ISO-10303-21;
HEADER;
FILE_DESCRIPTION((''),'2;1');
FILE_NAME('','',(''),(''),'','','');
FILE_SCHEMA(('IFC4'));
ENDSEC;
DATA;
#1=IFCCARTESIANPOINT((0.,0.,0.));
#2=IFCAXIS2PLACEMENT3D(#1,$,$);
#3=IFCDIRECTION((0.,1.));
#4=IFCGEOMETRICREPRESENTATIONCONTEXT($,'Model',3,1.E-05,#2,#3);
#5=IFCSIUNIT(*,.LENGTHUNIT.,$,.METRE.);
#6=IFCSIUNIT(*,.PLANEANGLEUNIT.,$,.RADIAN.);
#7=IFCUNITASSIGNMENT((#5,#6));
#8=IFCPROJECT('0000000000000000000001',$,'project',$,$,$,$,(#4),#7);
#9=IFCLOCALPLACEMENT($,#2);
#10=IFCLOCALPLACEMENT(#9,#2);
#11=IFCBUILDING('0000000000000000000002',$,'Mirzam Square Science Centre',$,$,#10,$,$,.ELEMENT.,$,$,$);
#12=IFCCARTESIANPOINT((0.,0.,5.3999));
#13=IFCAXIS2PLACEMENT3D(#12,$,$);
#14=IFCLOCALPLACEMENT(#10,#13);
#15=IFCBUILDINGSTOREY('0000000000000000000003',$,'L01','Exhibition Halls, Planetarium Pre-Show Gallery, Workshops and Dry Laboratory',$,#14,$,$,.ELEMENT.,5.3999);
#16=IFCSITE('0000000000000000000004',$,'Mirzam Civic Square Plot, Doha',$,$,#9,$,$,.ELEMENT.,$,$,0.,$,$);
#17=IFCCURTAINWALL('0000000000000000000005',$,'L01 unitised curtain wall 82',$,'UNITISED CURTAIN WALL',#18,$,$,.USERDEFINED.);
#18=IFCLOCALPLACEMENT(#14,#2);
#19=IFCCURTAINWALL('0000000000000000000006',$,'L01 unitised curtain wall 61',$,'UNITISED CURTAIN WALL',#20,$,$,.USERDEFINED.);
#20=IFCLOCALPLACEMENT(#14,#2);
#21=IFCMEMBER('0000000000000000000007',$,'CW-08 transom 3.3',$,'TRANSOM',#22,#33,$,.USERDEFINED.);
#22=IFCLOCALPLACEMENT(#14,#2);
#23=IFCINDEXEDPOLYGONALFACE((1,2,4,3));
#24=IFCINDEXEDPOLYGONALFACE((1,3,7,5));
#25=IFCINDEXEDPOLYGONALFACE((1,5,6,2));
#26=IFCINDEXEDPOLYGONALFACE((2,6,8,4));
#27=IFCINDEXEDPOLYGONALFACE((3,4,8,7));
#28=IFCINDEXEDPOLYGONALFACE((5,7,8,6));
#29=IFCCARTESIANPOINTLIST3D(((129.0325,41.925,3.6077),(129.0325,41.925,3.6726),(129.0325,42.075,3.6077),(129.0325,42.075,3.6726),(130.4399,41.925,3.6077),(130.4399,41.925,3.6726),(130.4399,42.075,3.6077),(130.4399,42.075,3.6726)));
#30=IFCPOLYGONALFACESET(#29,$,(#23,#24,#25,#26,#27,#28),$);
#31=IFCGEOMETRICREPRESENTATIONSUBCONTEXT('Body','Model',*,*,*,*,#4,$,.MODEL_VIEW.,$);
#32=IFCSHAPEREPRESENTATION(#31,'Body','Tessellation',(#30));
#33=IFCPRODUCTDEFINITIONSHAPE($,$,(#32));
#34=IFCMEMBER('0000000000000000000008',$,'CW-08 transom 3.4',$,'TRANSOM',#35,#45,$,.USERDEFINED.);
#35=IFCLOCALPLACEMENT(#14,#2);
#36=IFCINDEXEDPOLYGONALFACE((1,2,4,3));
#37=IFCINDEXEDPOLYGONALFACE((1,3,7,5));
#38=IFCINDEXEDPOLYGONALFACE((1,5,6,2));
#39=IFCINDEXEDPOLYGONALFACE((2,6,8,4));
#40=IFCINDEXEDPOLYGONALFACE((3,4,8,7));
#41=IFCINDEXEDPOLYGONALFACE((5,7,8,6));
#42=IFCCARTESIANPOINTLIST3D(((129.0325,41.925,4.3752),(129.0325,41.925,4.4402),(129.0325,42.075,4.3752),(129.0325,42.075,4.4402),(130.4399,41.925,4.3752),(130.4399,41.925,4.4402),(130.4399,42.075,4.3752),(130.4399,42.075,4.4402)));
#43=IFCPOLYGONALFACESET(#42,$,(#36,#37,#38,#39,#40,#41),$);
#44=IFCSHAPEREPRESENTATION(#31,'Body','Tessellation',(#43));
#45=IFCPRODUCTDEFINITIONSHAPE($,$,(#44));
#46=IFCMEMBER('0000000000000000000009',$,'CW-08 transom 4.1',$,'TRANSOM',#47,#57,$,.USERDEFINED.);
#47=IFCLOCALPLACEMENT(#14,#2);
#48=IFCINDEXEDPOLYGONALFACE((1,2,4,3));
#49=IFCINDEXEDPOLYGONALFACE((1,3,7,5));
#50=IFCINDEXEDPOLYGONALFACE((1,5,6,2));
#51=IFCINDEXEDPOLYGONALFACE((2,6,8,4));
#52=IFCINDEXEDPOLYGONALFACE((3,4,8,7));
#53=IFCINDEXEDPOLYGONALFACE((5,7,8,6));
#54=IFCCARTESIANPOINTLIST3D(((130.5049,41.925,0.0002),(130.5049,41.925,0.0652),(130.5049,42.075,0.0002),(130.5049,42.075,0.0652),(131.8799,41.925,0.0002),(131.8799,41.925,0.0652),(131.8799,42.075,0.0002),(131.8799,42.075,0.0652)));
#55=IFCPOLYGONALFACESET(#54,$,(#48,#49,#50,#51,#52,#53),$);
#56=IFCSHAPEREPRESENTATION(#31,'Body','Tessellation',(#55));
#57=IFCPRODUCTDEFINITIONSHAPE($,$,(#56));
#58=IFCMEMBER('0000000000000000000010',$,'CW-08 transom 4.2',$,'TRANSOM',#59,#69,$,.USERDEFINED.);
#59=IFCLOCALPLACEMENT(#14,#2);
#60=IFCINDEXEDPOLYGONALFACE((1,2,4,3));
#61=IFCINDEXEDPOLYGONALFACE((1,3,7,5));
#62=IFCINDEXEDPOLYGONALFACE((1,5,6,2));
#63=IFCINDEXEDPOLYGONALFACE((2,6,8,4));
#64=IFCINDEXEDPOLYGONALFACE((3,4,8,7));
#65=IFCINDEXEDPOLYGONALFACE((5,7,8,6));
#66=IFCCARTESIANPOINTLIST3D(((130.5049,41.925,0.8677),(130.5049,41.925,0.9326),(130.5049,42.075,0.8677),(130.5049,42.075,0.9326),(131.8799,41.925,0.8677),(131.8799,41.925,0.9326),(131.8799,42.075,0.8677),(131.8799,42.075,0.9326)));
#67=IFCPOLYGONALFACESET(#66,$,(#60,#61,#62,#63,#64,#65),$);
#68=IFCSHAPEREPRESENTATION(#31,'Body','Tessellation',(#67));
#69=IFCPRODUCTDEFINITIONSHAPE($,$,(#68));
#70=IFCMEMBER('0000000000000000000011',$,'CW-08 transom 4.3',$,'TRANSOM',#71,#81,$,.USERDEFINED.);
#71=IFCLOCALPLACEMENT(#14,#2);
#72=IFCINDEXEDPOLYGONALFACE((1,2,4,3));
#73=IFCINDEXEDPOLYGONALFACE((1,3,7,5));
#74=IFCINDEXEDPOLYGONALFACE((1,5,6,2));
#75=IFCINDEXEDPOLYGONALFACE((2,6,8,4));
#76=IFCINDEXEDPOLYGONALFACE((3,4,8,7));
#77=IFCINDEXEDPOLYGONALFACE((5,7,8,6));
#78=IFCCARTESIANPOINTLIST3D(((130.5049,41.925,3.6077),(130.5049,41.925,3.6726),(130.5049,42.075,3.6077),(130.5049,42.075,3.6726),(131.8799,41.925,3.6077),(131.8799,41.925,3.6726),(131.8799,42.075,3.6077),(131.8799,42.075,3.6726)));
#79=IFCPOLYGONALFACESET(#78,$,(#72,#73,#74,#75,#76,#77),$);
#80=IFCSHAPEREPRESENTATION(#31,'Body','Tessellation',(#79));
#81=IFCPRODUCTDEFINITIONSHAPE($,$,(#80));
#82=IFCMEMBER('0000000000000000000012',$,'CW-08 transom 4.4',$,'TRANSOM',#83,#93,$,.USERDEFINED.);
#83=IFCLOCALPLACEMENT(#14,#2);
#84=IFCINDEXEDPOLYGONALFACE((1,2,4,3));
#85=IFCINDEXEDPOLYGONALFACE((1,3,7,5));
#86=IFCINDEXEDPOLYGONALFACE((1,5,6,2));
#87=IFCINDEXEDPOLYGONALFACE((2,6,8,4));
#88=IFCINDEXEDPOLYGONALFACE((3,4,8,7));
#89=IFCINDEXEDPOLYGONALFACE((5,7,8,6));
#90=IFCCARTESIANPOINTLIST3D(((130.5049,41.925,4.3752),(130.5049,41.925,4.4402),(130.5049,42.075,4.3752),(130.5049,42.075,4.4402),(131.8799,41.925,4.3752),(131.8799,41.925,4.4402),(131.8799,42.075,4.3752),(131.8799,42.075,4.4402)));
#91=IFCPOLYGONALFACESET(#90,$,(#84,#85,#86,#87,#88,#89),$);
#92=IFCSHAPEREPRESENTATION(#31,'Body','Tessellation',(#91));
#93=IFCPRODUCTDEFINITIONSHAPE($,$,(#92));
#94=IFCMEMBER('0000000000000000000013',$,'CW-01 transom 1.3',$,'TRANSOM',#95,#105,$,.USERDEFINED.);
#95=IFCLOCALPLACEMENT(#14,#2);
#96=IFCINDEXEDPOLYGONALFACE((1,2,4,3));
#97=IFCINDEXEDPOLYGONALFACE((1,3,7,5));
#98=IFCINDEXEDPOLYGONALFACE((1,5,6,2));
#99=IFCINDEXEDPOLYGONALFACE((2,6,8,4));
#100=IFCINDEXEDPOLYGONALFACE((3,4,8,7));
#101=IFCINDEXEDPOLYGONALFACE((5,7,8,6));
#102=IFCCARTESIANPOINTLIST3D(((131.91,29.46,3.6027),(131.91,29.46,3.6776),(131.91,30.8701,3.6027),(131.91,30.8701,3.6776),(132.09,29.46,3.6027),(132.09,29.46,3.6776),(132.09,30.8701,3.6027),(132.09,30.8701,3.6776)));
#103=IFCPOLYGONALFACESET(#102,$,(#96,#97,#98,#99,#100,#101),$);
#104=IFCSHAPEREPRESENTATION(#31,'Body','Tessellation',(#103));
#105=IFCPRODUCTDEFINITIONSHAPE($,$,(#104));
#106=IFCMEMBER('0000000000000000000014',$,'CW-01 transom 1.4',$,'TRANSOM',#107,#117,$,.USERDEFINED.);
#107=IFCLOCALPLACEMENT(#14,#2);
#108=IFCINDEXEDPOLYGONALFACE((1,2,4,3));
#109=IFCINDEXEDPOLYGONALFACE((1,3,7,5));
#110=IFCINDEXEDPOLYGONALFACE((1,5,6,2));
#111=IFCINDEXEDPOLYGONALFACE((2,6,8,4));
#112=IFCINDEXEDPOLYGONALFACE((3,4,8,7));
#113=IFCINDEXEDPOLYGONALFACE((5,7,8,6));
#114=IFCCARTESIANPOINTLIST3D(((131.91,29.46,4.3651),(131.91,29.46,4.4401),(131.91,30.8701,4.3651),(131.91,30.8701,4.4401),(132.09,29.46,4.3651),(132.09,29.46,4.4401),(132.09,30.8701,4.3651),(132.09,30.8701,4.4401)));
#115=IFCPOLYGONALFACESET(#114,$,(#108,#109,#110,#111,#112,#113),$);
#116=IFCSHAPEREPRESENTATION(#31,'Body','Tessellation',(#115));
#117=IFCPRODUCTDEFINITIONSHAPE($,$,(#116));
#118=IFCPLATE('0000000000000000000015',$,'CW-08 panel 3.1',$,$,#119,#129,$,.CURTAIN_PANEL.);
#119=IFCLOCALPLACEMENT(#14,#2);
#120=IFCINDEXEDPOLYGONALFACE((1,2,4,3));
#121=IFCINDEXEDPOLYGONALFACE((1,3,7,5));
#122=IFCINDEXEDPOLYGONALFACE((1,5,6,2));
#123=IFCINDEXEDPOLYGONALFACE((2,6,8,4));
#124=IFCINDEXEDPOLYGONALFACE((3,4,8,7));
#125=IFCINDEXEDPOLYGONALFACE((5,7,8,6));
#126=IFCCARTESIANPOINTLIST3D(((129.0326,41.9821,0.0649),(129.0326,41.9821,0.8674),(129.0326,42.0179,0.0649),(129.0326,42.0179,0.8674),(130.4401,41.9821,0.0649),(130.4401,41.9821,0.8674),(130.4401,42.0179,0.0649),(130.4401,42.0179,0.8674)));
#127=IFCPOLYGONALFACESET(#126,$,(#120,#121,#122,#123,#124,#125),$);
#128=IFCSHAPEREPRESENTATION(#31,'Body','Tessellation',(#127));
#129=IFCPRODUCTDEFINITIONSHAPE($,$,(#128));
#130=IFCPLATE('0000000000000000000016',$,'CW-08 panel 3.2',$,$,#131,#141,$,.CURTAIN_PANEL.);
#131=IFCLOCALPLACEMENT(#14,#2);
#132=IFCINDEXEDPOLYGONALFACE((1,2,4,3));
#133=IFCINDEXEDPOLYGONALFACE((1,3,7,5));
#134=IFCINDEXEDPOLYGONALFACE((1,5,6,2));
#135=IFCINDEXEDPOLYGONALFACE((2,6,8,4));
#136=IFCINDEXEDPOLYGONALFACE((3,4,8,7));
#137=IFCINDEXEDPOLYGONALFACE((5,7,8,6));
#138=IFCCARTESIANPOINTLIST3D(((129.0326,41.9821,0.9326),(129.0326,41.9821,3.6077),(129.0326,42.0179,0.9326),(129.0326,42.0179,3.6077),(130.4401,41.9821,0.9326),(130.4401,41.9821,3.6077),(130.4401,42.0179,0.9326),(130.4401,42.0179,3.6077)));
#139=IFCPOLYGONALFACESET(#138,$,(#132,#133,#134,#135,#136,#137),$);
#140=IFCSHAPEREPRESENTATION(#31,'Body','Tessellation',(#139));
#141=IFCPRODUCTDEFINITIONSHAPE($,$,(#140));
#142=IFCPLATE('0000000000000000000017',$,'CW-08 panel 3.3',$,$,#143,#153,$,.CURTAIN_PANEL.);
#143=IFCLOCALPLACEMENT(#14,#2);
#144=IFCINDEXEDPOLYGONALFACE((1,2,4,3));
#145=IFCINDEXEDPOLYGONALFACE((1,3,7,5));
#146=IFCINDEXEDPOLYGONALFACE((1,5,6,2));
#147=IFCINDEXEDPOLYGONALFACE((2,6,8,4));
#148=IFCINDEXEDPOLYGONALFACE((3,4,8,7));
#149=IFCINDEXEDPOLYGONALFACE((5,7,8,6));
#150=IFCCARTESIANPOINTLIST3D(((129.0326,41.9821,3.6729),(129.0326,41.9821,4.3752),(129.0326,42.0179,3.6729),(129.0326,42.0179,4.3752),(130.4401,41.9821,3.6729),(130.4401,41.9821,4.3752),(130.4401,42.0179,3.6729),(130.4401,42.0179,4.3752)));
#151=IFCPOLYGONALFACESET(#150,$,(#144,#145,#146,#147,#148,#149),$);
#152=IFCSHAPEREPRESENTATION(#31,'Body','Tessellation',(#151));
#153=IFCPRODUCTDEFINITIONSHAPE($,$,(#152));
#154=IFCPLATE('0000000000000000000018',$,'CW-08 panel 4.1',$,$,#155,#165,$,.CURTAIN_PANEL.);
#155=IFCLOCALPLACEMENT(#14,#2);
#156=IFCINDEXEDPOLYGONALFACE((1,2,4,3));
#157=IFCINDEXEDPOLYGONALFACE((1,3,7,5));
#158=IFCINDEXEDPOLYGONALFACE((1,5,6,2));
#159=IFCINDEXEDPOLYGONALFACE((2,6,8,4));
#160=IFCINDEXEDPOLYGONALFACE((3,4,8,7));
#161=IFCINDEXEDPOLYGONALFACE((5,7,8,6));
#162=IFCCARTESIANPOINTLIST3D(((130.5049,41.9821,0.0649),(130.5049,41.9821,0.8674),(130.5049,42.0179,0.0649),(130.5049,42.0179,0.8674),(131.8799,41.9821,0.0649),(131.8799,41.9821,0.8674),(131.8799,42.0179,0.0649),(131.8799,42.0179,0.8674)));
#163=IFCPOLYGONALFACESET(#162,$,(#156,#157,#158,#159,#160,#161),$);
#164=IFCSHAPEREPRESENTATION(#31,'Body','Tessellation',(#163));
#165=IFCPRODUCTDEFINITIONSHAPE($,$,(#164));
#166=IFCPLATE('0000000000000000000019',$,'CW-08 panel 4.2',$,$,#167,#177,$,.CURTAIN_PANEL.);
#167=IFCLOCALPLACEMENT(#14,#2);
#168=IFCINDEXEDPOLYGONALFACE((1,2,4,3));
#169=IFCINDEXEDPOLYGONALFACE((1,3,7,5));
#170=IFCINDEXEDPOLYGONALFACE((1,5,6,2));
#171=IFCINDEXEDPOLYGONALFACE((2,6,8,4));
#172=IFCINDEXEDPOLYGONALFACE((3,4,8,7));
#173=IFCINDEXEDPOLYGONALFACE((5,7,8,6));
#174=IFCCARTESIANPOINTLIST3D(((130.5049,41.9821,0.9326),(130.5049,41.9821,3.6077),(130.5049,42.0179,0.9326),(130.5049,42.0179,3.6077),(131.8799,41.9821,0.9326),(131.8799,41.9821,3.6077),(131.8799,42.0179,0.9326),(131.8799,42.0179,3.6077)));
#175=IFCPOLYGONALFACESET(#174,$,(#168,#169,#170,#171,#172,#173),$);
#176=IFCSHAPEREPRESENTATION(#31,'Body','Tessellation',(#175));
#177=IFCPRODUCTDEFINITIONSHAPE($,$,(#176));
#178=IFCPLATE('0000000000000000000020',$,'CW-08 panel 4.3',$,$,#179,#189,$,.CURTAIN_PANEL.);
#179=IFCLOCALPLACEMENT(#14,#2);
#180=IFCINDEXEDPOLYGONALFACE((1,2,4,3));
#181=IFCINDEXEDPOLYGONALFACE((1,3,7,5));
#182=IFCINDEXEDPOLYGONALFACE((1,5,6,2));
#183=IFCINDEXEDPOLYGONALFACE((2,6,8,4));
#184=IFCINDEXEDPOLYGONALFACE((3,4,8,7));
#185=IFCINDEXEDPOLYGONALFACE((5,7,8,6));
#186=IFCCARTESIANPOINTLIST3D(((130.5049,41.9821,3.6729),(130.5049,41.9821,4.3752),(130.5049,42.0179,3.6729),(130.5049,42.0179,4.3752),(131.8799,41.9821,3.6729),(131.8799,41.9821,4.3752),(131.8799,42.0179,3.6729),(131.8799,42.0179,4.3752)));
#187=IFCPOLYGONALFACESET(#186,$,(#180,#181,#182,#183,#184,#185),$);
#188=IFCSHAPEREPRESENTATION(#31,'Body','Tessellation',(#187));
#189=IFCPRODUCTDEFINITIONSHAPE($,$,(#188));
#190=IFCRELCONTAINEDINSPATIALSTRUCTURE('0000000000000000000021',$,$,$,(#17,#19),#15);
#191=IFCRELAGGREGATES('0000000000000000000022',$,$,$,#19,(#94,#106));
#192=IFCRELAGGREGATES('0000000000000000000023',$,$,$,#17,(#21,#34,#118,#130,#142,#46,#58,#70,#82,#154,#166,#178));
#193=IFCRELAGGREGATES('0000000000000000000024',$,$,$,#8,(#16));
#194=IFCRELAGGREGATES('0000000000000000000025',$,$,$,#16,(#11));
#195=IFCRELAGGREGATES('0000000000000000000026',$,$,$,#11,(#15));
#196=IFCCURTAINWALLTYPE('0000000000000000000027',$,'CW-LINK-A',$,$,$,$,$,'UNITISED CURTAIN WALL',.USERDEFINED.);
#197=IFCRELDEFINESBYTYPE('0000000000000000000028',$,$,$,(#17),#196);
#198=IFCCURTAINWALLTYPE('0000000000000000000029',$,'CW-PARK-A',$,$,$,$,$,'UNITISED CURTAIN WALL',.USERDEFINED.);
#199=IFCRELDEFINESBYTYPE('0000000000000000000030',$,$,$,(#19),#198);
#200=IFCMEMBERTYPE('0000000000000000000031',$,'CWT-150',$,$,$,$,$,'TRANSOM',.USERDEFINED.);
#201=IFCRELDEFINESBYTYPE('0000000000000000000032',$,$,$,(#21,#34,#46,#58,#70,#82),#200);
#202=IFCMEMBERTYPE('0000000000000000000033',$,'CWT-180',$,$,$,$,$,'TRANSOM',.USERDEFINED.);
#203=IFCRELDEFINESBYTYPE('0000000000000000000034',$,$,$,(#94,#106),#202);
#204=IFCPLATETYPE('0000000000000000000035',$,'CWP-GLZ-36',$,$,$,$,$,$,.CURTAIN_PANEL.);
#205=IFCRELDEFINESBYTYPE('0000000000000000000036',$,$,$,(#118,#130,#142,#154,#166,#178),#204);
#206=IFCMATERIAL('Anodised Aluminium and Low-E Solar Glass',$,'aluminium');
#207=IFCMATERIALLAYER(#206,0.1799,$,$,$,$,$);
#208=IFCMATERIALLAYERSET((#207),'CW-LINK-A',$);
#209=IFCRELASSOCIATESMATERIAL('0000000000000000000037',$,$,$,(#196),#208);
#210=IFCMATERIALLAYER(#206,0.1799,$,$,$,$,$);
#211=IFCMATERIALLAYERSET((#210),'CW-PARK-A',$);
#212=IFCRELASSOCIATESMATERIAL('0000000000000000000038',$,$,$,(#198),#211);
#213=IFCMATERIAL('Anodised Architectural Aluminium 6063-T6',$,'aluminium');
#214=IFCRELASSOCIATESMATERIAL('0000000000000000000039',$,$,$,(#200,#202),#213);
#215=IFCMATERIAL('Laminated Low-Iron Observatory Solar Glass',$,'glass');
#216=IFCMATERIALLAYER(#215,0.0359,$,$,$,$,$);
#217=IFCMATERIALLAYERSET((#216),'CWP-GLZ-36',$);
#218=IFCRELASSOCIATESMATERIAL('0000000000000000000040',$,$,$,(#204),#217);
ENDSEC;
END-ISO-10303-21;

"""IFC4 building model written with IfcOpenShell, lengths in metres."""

from ifc_helpers import new_model, si_unit, direction, frame, origin, origin_2d, place, context, subcontext, project, spatial, rectangle, extrude, material, layer, layer_set, material_profile, profile_set, type_object, element, aggregate, save


model = new_model("IFC4")

# Units and contexts
model_context = context("Model", 3, precision=1e-05, world=origin(), true_north=direction((0.0, 1.0)))
body_context = subcontext(model_context, "Body", "Model", "MODEL_VIEW")
ifc_project = project(units=[si_unit("LENGTHUNIT", "METRE"), si_unit("PLANEANGLEUNIT", "RADIAN")], contexts=[model_context])

# Site, building, storey
site_placement = place(None, origin())
site = spatial("IfcSite", under=ifc_project, at=site_placement, Name="Mirzam Civic Square Plot, Doha", CompositionType="ELEMENT", RefElevation=0.0)
building_placement = place(site_placement, origin())
building = spatial("IfcBuilding", under=site, at=building_placement, Name="Mirzam Square Science Centre", CompositionType="ELEMENT")
storey_placement = place(building_placement, frame((0.0, 0.0, 5.3999)))
storey = spatial("IfcBuildingStorey", under=building, at=storey_placement, Name="L01", Description="Exhibition Halls, Planetarium Pre-Show Gallery, Workshops and Dry Laboratory", CompositionType="ELEMENT", Elevation=5.3999)

# Curtain wall
ifc_material_1 = material(Name="Anodised Aluminium and Low-E Solar Glass", Category="aluminium")
ifc_layer_1 = layer(ifc_material_1, 0.1799)
ifc_layer_set_1 = layer_set([ifc_layer_1], Name="CW-LINK-A")
curtain_wall_type_1 = type_object("IfcCurtainWallType", Name="CW-LINK-A", ElementType="UNITISED CURTAIN WALL", PredefinedType="USERDEFINED", material=ifc_layer_set_1)
curtain_wall_1_placement = place(storey_placement, origin())
curtain_wall_1 = element("IfcCurtainWall", 1, at=curtain_wall_1_placement, inside=storey, type_object=curtain_wall_type_1, Name="L01 unitised curtain wall 82", ObjectType="UNITISED CURTAIN WALL", PredefinedType="USERDEFINED")
ifc_material_2 = material(Name="Anodised Architectural Aluminium 6063-T6", Category="aluminium")

# Curtain wall
ifc_layer_2 = layer(ifc_material_1, 0.1799)
ifc_layer_set_2 = layer_set([ifc_layer_2], Name="CW-PARK-A")
curtain_wall_type_2 = type_object("IfcCurtainWallType", Name="CW-PARK-A", ElementType="UNITISED CURTAIN WALL", PredefinedType="USERDEFINED", material=ifc_layer_set_2)
curtain_wall_2_placement = place(storey_placement, origin())
curtain_wall_2 = element("IfcCurtainWall", 2, at=curtain_wall_2_placement, inside=storey, type_object=curtain_wall_type_2, Name="L01 unitised curtain wall 61", ObjectType="UNITISED CURTAIN WALL", PredefinedType="USERDEFINED")

# Members
ifc_material_profile_1 = material_profile(ifc_material_2, rectangle(XDim=0.1499, YDim=0.0649, at=origin_2d()), Name="ALU-TRAN-150x65x4")
ifc_profile_set_1 = profile_set([ifc_material_profile_1], Name="Anodised Architectural Aluminium 6063-T6")
member_type_1 = type_object("IfcMemberType", Name="CWT-150", ElementType="TRANSOM", PredefinedType="USERDEFINED", material=ifc_profile_set_1)
member_1_placement = place(storey_placement, frame((129.0325, 42.0, 3.6401), z_axis=(1.0, 0.0, 0.0), x_axis=(0.0, 1.0, 0.0)))
member_1 = element("IfcMember", 3, at=member_1_placement, type_object=member_type_1, Name="CW-08 transom 3.3", ObjectType="TRANSOM", PredefinedType="USERDEFINED", context=body_context, shape_type="SweptSolid", body=[
    extrude(rectangle(XDim=0.1499, YDim=0.0649, at=origin_2d()), origin(), (0.0, 0.0, 1.0), 1.4075),
])
member_2_placement = place(storey_placement, frame((129.0325, 42.0, 4.4077), z_axis=(1.0, 0.0, 0.0), x_axis=(0.0, 1.0, 0.0)))
member_2 = element("IfcMember", 4, at=member_2_placement, type_object=member_type_1, Name="CW-08 transom 3.4", ObjectType="TRANSOM", PredefinedType="USERDEFINED", context=body_context, shape_type="SweptSolid", body=[
    extrude(rectangle(XDim=0.1499, YDim=0.0649, at=origin_2d()), origin(), (0.0, 0.0, 1.0), 1.4075),
])
member_3_placement = place(storey_placement, frame((130.5049, 42.0, 0.0327), z_axis=(1.0, 0.0, 0.0), x_axis=(0.0, 1.0, 0.0)))
member_3 = element("IfcMember", 5, at=member_3_placement, type_object=member_type_1, Name="CW-08 transom 4.1", ObjectType="TRANSOM", PredefinedType="USERDEFINED", context=body_context, shape_type="SweptSolid", body=[
    extrude(rectangle(XDim=0.1499, YDim=0.0649, at=origin_2d()), origin(), (0.0, 0.0, 1.0), 1.375),
])
member_4_placement = place(storey_placement, frame((130.5049, 42.0, 0.9001), z_axis=(1.0, 0.0, 0.0), x_axis=(0.0, 1.0, 0.0)))
member_4 = element("IfcMember", 6, at=member_4_placement, type_object=member_type_1, Name="CW-08 transom 4.2", ObjectType="TRANSOM", PredefinedType="USERDEFINED", context=body_context, shape_type="SweptSolid", body=[
    extrude(rectangle(XDim=0.1499, YDim=0.0649, at=origin_2d()), origin(), (0.0, 0.0, 1.0), 1.375),
])
member_5_placement = place(storey_placement, frame((130.5049, 42.0, 3.6401), z_axis=(1.0, 0.0, 0.0), x_axis=(0.0, 1.0, 0.0)))
member_5 = element("IfcMember", 7, at=member_5_placement, type_object=member_type_1, Name="CW-08 transom 4.3", ObjectType="TRANSOM", PredefinedType="USERDEFINED", context=body_context, shape_type="SweptSolid", body=[
    extrude(rectangle(XDim=0.1499, YDim=0.0649, at=origin_2d()), origin(), (0.0, 0.0, 1.0), 1.375),
])
member_6_placement = place(storey_placement, frame((130.5049, 42.0, 4.4077), z_axis=(1.0, 0.0, 0.0), x_axis=(0.0, 1.0, 0.0)))
member_6 = element("IfcMember", 8, at=member_6_placement, type_object=member_type_1, Name="CW-08 transom 4.4", ObjectType="TRANSOM", PredefinedType="USERDEFINED", context=body_context, shape_type="SweptSolid", body=[
    extrude(rectangle(XDim=0.1499, YDim=0.0649, at=origin_2d()), origin(), (0.0, 0.0, 1.0), 1.375),
])
ifc_material_profile_2 = material_profile(ifc_material_2, rectangle(XDim=0.1799, YDim=0.075, at=origin_2d()), Name="ALU-TRAN-180x75x5")
ifc_profile_set_2 = profile_set([ifc_material_profile_2], Name="Anodised Architectural Aluminium 6063-T6")
member_type_2 = type_object("IfcMemberType", Name="CWT-180", ElementType="TRANSOM", PredefinedType="USERDEFINED", material=ifc_profile_set_2)
member_7_placement = place(storey_placement, frame((132.0, 30.8701, 3.6401), z_axis=(0.0, -1.0, 0.0), x_axis=(1.0, 0.0, 0.0)))
member_7 = element("IfcMember", 9, at=member_7_placement, type_object=member_type_2, Name="CW-01 transom 1.3", ObjectType="TRANSOM", PredefinedType="USERDEFINED", context=body_context, shape_type="SweptSolid", body=[
    extrude(rectangle(XDim=0.1799, YDim=0.075, at=origin_2d()), origin(), (0.0, 0.0, 1.0), 1.4102),
])
member_8_placement = place(storey_placement, frame((132.0, 30.8701, 4.4026), z_axis=(0.0, -1.0, 0.0), x_axis=(1.0, 0.0, 0.0)))
member_8 = element("IfcMember", 10, at=member_8_placement, type_object=member_type_2, Name="CW-01 transom 1.4", ObjectType="TRANSOM", PredefinedType="USERDEFINED", context=body_context, shape_type="SweptSolid", body=[
    extrude(rectangle(XDim=0.1799, YDim=0.075, at=origin_2d()), origin(), (0.0, 0.0, 1.0), 1.4102),
])
aggregate(curtain_wall_2, [member_7, member_8])

# Plates
ifc_material_3 = material(Name="Laminated Low-Iron Observatory Solar Glass", Category="glass")
ifc_layer_3 = layer(ifc_material_3, 0.0359)
ifc_layer_set_3 = layer_set([ifc_layer_3], Name="CWP-GLZ-36")
plate_type = type_object("IfcPlateType", Name="CWP-GLZ-36", PredefinedType="CURTAIN_PANEL", material=ifc_layer_set_3)
plate_1_placement = place(storey_placement, frame((129.7363, 42.0, 0.0649), z_axis=(0.0, 0.0, 1.0), x_axis=(1.0, 0.0, 0.0)))
plate_1 = element("IfcPlate", 11, at=plate_1_placement, type_object=plate_type, Name="CW-08 panel 3.1", PredefinedType="CURTAIN_PANEL", context=body_context, shape_type="SweptSolid", body=[
    extrude(rectangle(XDim=1.4075, YDim=0.0359, at=origin_2d()), origin(), (0.0, 0.0, 1.0), 0.8025),
])
plate_2_placement = place(storey_placement, frame((129.7363, 42.0, 0.9326), z_axis=(0.0, 0.0, 1.0), x_axis=(1.0, 0.0, 0.0)))
plate_2 = element("IfcPlate", 12, at=plate_2_placement, type_object=plate_type, Name="CW-08 panel 3.2", PredefinedType="CURTAIN_PANEL", context=body_context, shape_type="SweptSolid", body=[
    extrude(rectangle(XDim=1.4075, YDim=0.0359, at=origin_2d()), origin(), (0.0, 0.0, 1.0), 2.675),
])
plate_3_placement = place(storey_placement, frame((129.7363, 42.0, 3.6729), z_axis=(0.0, 0.0, 1.0), x_axis=(1.0, 0.0, 0.0)))
plate_3 = element("IfcPlate", 13, at=plate_3_placement, type_object=plate_type, Name="CW-08 panel 3.3", PredefinedType="CURTAIN_PANEL", context=body_context, shape_type="SweptSolid", body=[
    extrude(rectangle(XDim=1.4075, YDim=0.0359, at=origin_2d()), origin(), (0.0, 0.0, 1.0), 0.7024),
])
plate_4_placement = place(storey_placement, frame((131.1924, 42.0, 0.0649), z_axis=(0.0, 0.0, 1.0), x_axis=(1.0, 0.0, 0.0)))
plate_4 = element("IfcPlate", 14, at=plate_4_placement, type_object=plate_type, Name="CW-08 panel 4.1", PredefinedType="CURTAIN_PANEL", context=body_context, shape_type="SweptSolid", body=[
    extrude(rectangle(XDim=1.375, YDim=0.0359, at=origin_2d()), origin(), (0.0, 0.0, 1.0), 0.8025),
])
plate_5_placement = place(storey_placement, frame((131.1924, 42.0, 0.9326), z_axis=(0.0, 0.0, 1.0), x_axis=(1.0, 0.0, 0.0)))
plate_5 = element("IfcPlate", 15, at=plate_5_placement, type_object=plate_type, Name="CW-08 panel 4.2", PredefinedType="CURTAIN_PANEL", context=body_context, shape_type="SweptSolid", body=[
    extrude(rectangle(XDim=1.375, YDim=0.0359, at=origin_2d()), origin(), (0.0, 0.0, 1.0), 2.675),
])
plate_6_placement = place(storey_placement, frame((131.1924, 42.0, 3.6729), z_axis=(0.0, 0.0, 1.0), x_axis=(1.0, 0.0, 0.0)))
plate_6 = element("IfcPlate", 16, at=plate_6_placement, type_object=plate_type, Name="CW-08 panel 4.3", PredefinedType="CURTAIN_PANEL", context=body_context, shape_type="SweptSolid", body=[
    extrude(rectangle(XDim=1.375, YDim=0.0359, at=origin_2d()), origin(), (0.0, 0.0, 1.0), 0.7024),
])
aggregate(curtain_wall_1, [member_1, member_2, plate_1, plate_2, plate_3, member_3, member_4, member_5, member_6, plate_4, plate_5, plate_6])

save(model, "model.ifc")
